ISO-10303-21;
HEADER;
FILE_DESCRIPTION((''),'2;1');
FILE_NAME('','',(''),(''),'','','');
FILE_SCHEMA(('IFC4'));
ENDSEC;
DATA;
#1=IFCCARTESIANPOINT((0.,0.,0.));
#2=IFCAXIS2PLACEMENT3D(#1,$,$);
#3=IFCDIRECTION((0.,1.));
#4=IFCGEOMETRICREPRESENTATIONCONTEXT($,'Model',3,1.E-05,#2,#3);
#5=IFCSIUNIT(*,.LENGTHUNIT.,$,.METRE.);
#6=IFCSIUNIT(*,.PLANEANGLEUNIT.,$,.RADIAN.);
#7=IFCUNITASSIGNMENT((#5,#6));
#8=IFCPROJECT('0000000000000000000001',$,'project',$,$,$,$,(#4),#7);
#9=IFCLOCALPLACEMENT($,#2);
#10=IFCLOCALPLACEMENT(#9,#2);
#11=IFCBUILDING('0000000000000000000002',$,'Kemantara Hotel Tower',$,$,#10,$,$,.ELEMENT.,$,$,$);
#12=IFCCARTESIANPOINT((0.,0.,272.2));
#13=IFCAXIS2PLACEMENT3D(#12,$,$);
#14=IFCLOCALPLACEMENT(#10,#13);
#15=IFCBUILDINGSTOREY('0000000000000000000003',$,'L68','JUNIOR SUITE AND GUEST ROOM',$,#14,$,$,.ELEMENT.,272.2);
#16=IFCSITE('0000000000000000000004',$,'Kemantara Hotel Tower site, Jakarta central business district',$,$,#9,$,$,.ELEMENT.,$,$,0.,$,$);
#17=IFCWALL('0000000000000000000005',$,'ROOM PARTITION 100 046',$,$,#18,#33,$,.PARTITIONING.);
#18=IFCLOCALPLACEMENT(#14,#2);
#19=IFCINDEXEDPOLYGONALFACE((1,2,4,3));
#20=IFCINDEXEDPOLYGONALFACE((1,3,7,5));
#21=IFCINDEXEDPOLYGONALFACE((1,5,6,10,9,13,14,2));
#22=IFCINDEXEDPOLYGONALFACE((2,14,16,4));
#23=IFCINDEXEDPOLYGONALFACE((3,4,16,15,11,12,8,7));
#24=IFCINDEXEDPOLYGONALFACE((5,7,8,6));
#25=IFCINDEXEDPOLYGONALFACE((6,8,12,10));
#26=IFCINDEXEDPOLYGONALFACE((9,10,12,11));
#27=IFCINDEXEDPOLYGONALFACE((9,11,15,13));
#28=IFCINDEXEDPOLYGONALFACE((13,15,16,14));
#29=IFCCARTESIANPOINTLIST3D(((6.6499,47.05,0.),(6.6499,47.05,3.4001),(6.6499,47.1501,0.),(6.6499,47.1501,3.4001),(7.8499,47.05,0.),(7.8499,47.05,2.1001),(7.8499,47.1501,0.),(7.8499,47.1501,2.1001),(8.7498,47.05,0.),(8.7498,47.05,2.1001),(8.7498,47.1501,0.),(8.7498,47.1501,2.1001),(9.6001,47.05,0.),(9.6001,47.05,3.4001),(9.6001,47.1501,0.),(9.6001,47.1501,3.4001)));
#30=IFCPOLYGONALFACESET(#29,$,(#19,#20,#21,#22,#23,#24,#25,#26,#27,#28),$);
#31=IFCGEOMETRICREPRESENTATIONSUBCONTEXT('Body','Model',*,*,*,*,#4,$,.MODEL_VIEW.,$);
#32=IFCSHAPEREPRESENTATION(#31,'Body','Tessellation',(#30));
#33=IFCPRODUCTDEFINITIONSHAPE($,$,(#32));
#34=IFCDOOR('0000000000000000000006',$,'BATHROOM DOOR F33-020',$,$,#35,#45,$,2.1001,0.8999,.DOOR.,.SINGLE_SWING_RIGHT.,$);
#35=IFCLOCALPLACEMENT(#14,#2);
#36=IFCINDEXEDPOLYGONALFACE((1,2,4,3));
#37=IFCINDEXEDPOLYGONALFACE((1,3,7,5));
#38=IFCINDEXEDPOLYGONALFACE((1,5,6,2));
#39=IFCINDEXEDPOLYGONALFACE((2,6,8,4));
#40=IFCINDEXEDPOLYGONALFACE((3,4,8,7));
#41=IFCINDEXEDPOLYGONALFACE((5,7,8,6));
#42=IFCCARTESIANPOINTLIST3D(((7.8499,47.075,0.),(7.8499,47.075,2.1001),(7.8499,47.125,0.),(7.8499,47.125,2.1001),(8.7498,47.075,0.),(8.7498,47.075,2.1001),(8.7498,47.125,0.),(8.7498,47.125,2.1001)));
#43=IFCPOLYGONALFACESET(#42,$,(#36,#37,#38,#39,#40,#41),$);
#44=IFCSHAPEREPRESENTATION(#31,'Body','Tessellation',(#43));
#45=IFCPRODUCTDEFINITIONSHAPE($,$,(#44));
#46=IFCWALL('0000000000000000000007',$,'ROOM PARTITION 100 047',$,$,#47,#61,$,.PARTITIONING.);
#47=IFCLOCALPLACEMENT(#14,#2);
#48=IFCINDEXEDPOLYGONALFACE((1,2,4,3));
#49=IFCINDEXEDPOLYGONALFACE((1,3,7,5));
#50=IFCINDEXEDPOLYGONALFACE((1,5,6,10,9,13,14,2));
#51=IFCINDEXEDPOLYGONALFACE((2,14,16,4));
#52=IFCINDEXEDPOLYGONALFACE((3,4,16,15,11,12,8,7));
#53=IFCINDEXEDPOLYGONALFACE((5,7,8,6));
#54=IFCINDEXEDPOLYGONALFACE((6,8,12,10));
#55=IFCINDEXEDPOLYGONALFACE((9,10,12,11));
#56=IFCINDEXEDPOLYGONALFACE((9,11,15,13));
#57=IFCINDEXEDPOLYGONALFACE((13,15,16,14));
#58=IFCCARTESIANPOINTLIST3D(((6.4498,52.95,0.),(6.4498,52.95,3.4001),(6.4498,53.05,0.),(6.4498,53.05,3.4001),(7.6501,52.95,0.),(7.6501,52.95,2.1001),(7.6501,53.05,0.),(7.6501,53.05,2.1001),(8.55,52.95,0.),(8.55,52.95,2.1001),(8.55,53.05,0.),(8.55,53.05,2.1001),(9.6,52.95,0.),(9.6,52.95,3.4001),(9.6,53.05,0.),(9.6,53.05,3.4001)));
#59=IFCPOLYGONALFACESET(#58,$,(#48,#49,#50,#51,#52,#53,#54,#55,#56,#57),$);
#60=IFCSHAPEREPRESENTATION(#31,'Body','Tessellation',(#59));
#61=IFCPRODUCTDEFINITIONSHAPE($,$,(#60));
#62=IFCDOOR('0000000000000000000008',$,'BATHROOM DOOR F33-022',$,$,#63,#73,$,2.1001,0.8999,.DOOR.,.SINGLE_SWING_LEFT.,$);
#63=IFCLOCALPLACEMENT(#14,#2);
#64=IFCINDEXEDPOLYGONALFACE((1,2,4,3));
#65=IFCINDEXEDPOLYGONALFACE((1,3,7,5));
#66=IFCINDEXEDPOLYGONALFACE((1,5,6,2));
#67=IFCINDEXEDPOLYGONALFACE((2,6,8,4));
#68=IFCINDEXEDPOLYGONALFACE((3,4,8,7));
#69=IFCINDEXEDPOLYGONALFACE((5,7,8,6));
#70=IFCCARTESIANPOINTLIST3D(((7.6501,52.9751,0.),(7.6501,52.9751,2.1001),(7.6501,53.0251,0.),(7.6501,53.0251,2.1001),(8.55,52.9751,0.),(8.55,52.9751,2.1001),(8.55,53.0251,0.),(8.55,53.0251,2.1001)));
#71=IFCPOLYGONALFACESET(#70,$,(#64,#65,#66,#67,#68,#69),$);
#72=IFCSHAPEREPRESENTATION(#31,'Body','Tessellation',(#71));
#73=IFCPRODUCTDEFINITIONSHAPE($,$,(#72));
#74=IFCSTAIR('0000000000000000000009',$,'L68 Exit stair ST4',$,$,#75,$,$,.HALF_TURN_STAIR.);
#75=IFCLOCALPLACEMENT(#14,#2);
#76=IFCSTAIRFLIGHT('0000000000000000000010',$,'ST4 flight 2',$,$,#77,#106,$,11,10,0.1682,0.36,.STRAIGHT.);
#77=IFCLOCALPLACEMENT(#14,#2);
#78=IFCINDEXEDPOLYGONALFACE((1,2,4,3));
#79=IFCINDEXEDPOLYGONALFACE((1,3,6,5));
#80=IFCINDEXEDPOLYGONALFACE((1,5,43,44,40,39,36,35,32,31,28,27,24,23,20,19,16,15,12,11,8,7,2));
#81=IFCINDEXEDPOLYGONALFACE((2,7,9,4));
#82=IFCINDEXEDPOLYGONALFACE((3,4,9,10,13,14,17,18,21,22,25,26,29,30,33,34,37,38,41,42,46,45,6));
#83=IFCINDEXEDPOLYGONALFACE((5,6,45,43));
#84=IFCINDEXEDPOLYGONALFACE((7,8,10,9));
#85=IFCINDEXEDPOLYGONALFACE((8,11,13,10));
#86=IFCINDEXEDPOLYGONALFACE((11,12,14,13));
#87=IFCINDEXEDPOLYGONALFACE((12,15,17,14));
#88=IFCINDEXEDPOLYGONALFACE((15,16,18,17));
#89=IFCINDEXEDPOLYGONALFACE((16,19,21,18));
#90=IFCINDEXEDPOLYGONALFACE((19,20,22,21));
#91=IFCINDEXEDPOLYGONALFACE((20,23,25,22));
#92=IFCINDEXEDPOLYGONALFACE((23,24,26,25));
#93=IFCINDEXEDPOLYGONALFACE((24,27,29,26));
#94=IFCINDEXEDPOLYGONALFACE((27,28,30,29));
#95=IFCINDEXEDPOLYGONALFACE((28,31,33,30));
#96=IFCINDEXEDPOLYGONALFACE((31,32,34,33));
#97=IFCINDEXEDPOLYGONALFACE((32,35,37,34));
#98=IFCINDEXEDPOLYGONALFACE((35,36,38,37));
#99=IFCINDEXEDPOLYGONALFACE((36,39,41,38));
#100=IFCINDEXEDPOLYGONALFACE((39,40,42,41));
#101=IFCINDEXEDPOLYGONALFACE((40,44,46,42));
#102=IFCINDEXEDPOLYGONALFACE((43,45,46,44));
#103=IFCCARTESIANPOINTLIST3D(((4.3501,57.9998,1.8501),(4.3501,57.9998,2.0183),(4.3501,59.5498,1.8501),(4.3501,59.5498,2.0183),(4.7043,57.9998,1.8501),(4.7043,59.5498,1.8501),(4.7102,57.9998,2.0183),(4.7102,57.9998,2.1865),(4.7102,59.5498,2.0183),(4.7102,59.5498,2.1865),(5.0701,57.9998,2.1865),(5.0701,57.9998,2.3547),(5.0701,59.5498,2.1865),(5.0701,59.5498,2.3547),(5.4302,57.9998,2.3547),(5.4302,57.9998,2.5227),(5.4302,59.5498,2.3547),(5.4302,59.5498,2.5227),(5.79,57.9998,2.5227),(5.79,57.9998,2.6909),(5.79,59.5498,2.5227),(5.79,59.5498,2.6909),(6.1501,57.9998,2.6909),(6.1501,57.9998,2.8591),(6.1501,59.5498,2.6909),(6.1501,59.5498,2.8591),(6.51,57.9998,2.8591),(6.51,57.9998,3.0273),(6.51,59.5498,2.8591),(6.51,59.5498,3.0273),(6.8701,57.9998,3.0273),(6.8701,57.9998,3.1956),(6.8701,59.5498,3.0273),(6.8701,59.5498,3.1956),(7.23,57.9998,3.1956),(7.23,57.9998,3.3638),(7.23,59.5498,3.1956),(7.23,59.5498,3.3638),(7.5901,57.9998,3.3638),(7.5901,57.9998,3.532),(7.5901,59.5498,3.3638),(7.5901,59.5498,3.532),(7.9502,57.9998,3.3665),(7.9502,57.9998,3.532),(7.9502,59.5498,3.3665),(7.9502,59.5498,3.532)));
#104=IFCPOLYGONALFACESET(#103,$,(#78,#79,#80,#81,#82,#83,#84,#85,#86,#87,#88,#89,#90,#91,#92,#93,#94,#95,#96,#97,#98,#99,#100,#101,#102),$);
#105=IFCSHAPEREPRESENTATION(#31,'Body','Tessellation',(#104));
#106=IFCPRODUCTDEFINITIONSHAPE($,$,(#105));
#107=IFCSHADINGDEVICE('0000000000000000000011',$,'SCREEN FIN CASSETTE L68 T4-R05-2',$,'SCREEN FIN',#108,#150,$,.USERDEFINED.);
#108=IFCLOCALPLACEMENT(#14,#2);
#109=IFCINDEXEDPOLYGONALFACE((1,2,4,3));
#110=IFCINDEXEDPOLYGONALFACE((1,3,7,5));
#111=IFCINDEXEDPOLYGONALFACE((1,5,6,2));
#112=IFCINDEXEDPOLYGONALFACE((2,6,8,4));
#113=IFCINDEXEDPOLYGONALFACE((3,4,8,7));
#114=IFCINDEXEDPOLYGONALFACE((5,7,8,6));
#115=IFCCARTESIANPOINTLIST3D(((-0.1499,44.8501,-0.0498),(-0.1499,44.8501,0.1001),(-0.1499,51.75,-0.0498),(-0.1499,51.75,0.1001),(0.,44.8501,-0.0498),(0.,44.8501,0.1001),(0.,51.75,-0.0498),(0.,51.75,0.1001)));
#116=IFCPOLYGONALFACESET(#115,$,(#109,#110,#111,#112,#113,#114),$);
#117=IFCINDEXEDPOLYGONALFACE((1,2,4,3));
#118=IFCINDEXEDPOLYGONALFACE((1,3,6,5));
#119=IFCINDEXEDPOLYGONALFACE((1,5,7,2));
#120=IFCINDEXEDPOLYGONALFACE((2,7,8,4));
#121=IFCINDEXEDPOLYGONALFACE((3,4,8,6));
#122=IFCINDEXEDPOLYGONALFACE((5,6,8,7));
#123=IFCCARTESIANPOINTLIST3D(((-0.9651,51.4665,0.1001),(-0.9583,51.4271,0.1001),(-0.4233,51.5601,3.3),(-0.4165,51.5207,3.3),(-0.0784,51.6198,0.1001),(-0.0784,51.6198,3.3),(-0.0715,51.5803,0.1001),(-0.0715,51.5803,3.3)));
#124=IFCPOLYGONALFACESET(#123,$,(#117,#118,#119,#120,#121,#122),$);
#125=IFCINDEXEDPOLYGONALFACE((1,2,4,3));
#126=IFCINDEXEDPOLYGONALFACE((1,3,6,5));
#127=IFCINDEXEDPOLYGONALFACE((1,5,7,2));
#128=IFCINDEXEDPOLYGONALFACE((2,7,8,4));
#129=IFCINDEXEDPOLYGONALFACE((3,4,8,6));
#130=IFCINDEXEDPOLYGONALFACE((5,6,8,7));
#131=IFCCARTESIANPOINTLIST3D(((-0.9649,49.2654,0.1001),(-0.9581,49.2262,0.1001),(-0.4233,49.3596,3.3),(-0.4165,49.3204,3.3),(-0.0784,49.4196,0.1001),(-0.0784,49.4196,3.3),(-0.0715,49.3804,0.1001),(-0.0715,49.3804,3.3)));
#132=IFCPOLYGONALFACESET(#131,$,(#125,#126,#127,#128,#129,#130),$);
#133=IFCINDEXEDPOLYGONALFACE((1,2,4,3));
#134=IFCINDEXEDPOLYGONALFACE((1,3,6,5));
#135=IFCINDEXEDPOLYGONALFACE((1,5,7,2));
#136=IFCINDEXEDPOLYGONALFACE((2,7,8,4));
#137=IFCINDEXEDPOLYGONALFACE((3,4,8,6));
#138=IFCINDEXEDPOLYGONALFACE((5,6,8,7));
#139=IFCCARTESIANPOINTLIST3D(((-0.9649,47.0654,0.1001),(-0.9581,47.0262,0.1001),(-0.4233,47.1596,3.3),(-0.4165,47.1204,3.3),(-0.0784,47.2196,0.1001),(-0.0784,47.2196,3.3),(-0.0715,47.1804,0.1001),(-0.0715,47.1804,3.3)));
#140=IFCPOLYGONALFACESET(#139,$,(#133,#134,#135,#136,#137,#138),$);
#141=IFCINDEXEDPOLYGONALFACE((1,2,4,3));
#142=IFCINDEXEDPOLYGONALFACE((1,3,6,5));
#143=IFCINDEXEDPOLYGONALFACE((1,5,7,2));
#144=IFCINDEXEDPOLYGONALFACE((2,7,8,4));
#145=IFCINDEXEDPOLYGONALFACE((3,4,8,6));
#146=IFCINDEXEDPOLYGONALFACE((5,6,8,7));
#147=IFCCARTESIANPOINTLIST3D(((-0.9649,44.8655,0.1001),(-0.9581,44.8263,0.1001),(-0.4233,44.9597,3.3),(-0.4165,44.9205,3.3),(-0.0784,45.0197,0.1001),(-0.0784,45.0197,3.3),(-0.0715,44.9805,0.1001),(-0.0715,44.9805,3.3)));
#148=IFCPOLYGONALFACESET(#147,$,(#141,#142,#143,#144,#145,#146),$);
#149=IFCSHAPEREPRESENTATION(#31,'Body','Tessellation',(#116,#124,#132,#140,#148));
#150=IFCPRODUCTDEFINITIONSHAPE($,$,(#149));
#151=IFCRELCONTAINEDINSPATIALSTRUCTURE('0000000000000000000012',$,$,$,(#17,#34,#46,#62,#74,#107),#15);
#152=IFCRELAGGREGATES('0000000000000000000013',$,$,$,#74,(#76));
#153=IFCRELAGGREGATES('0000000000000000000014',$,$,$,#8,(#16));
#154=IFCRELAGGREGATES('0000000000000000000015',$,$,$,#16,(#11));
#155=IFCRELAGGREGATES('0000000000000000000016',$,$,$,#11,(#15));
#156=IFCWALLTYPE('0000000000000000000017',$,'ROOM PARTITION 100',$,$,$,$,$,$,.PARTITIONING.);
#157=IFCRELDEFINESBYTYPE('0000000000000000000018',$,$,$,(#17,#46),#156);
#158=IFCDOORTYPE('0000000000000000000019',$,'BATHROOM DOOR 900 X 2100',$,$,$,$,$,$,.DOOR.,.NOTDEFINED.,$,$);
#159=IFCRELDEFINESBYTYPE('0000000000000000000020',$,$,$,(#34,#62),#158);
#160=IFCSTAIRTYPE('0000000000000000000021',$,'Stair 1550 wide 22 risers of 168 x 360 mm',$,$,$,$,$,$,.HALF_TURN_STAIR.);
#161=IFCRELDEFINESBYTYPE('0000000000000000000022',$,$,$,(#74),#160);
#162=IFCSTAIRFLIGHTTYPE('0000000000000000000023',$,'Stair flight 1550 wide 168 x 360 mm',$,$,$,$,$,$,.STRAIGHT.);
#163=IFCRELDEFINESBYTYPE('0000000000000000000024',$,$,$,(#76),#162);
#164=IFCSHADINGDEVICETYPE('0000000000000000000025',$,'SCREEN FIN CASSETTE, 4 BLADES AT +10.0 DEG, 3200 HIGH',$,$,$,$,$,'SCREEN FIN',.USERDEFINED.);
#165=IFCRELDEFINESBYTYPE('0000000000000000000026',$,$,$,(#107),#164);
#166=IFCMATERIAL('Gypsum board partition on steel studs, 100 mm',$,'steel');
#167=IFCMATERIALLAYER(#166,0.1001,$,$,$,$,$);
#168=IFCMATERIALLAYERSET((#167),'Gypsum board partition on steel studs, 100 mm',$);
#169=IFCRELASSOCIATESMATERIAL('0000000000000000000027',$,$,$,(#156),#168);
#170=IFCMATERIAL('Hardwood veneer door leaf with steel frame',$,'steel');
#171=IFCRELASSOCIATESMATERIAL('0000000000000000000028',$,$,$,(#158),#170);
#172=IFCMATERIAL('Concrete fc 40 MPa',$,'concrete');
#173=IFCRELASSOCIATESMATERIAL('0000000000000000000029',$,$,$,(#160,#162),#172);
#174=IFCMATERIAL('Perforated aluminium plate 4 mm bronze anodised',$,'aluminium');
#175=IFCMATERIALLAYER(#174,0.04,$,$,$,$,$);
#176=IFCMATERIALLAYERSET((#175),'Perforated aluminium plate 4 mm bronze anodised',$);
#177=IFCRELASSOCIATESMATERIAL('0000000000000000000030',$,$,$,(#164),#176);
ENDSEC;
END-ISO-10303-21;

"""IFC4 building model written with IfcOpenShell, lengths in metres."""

from ifc_helpers import new_model, si_unit, direction, frame, frame_2d, origin, origin_2d, place, context, subcontext, project, spatial, polyline, rectangle, outline, extrude, source, transform, mapped, material, layer, layer_set, type_object, element, fill, aggregate, save


model = new_model("IFC4")

# Units and contexts
model_context = context("Model", 3, precision=1e-05, world=origin(), true_north=direction((0.0, 1.0)))
body_context = subcontext(model_context, "Body", "Model", "MODEL_VIEW")
ifc_project = project(units=[si_unit("LENGTHUNIT", "METRE"), si_unit("PLANEANGLEUNIT", "RADIAN")], contexts=[model_context])

# Site, building, storey
site_placement = place(None, origin())
site = spatial("IfcSite", under=ifc_project, at=site_placement, Name="Kemantara Hotel Tower site, Jakarta central business district", CompositionType="ELEMENT", RefElevation=0.0)
building_placement = place(site_placement, origin())
building = spatial("IfcBuilding", under=site, at=building_placement, Name="Kemantara Hotel Tower", CompositionType="ELEMENT")
storey_placement = place(building_placement, frame((0.0, 0.0, 272.2)))
storey = spatial("IfcBuildingStorey", under=building, at=storey_placement, Name="L68", Description="JUNIOR SUITE AND GUEST ROOM", CompositionType="ELEMENT", Elevation=272.2)

# Shared definitions
ifc_material_1 = material(Name="Hardwood veneer door leaf with steel frame", Category="steel")
ifc_material_2 = material(Name="Concrete fc 40 MPa", Category="concrete")

# Shared definitions
ifc_material_3 = material(Name="Gypsum board partition on steel studs, 100 mm", Category="steel")
ifc_layer_1 = layer(ifc_material_3, 0.1001)
ifc_layer_set_1 = layer_set([ifc_layer_1], Name="Gypsum board partition on steel studs, 100 mm")
wall_type_1 = type_object("IfcWallType", Name="ROOM PARTITION 100", PredefinedType="PARTITIONING", material=ifc_layer_set_1)

# Walls, openings, doors
wall_1_placement = place(storey_placement, frame((6.6499, 47.1001, 0.0), z_axis=(0.0, 0.0, 1.0), x_axis=(1.0, 0.0, 0.0)))
wall_1 = element("IfcWall", 1, at=wall_1_placement, inside=storey, type_object=wall_type_1, Name="ROOM PARTITION 100 046", PredefinedType="PARTITIONING", context=body_context, shape_type="SweptSolid", body=[
    extrude(rectangle(XDim=2.9502, YDim=0.1001, at=frame_2d((1.4751, 0.0))), origin(), (0.0, 0.0, 1.0), 3.4001),
])
opening_1_placement = place(wall_1_placement, frame((1.2, 0.0, 0.0)))
opening_1 = element("IfcOpeningElement", 2, at=opening_1_placement, cuts=wall_1, PredefinedType="OPENING", context=body_context, shape_type="SweptSolid", body=[
    extrude(rectangle(XDim=0.8999, YDim=2.1001, at=frame_2d((0.45, 1.05))), frame((0.0, 0.0601, 0.0), z_axis=(0.0, -1.0, 0.0), x_axis=(1.0, 0.0, 0.0)), (0.0, 0.0, 1.0), 0.1201),
])
door_type_1 = type_object("IfcDoorType", Name="BATHROOM DOOR 900 X 2100", OperationType="NOTDEFINED", PredefinedType="DOOR", material=ifc_material_1)
door_1_placement = place(opening_1_placement, origin())
door_1 = element("IfcDoor", 3, at=door_1_placement, inside=storey, type_object=door_type_1, Name="BATHROOM DOOR F33-020", OperationType="SINGLE_SWING_RIGHT", OverallHeight=2.1001, OverallWidth=0.8999, PredefinedType="DOOR", context=body_context, shape_type="SweptSolid", body=[
    extrude(rectangle(XDim=0.8999, YDim=2.1001, at=frame_2d((0.45, 1.05))), frame((0.0, 0.0249, 0.0), z_axis=(0.0, -1.0, 0.0), x_axis=(1.0, 0.0, 0.0)), (0.0, 0.0, 1.0), 0.05),
])
fill(opening_1, door_1)
wall_2_placement = place(storey_placement, frame((9.6001, 53.0, 0.0), z_axis=(0.0, 0.0, 1.0), x_axis=(-1.0, 0.0, 0.0)))
wall_2 = element("IfcWall", 4, at=wall_2_placement, inside=storey, type_object=wall_type_1, Name="ROOM PARTITION 100 047", PredefinedType="PARTITIONING", context=body_context, shape_type="SweptSolid", body=[
    extrude(rectangle(XDim=3.1501, YDim=0.1001, at=frame_2d((1.5752, 0.0))), origin(), (0.0, 0.0, 1.0), 3.4001),
])
opening_2_placement = place(wall_2_placement, frame((1.05, 0.0, 0.0)))
opening_2 = element("IfcOpeningElement", 5, at=opening_2_placement, cuts=wall_2, PredefinedType="OPENING", context=body_context, shape_type="SweptSolid", body=[
    extrude(rectangle(XDim=0.8999, YDim=2.1001, at=frame_2d((0.45, 1.05))), frame((0.0, 0.0601, 0.0), z_axis=(0.0, -1.0, 0.0), x_axis=(1.0, 0.0, 0.0)), (0.0, 0.0, 1.0), 0.1201),
])
door_2_placement = place(opening_2_placement, origin())
door_2 = element("IfcDoor", 6, at=door_2_placement, inside=storey, type_object=door_type_1, Name="BATHROOM DOOR F33-022", OperationType="SINGLE_SWING_LEFT", OverallHeight=2.1001, OverallWidth=0.8999, PredefinedType="DOOR", context=body_context, shape_type="SweptSolid", body=[
    extrude(rectangle(XDim=0.8999, YDim=2.1001, at=frame_2d((0.45, 1.05))), frame((0.0, 0.0249, 0.0), z_axis=(0.0, -1.0, 0.0), x_axis=(1.0, 0.0, 0.0)), (0.0, 0.0, 1.0), 0.05),
])
fill(opening_2, door_2)

# Stair, stair flight
stair_type = type_object("IfcStairType", Name="Stair 1550 wide 22 risers of 168 x 360 mm", PredefinedType="HALF_TURN_STAIR", material=ifc_material_2)
stair_placement = place(storey_placement, origin())
stair = element("IfcStair", 7, at=stair_placement, inside=storey, type_object=stair_type, Name="L68 Exit stair ST4", PredefinedType="HALF_TURN_STAIR")
stair_flight_type = type_object("IfcStairFlightType", Name="Stair flight 1550 wide 168 x 360 mm", PredefinedType="STRAIGHT", material=ifc_material_2)
stair_flight_placement = place(storey_placement, frame((4.3501, 58.7749, 1.8501), z_axis=(0.0, 0.0, 1.0), x_axis=(1.0, 0.0, 0.0)))
stair_flight = element("IfcStairFlight", 8, at=stair_flight_placement, type_object=stair_flight_type, Name="ST4 flight 2", NumberOfRisers=11, NumberOfTreads=10, PredefinedType="STRAIGHT", RiserHeight=0.1682, TreadLength=0.36, context=body_context, shape_type="SweptSolid", body=[
    extrude(outline(polyline([(0.0, 0.0), (0.0, 0.1682), (0.3601, 0.1682), (0.3601, 0.3364), (0.72, 0.3364), (0.72, 0.5046), (1.0801, 0.5046), (1.0801, 0.6726), (1.4399, 0.6726), (1.4399, 0.8408), (1.8, 0.8408), (1.8, 1.009), (2.1599, 1.009), (2.1599, 1.1772), (2.52, 1.1772), (2.52, 1.3455), (2.8799, 1.3455), (2.8799, 1.5137), (3.24, 1.5137), (3.24, 1.6819), (3.6001, 1.6819), (3.6001, 1.8501), (3.6001, 1.5164), (0.3542, 0.0), (0.0, 0.0)])), frame((0.0, 0.7749, 0.0), z_axis=(0.0, -1.0, 0.0), x_axis=(1.0, 0.0, 0.0)), (0.0, 0.0, 1.0), 1.55),
])
aggregate(stair, [stair_flight])

# Shading device
ifc_material_4 = material(Name="Perforated aluminium plate 4 mm bronze anodised", Category="aluminium")
ifc_layer_2 = layer(ifc_material_4, 0.04)
ifc_layer_set_2 = layer_set([ifc_layer_2], Name="Perforated aluminium plate 4 mm bronze anodised")
shading_device_type_1 = type_object("IfcShadingDeviceType", Name="SCREEN FIN CASSETTE, 4 BLADES AT +10.0 DEG, 3200 HIGH", ElementType="SCREEN FIN", PredefinedType="USERDEFINED", material=ifc_layer_set_2)
shared_shape_1 = source(origin(), body_context, "Body", "SweptSolid", [
    extrude(rectangle(XDim=6.8999, YDim=0.1499, at=origin_2d()), frame((3.3, -0.075, -0.1499), z_axis=(0.0, 0.0, 1.0), x_axis=(1.0, 0.0, 0.0)), (0.0, 0.0, 1.0), 0.1499),
    extrude(outline(polyline([(0.0, 0.0), (0.8999, 0.0), (0.3501, 3.2), (0.0, 3.2), (0.0, 0.0)])), frame((0.0198, -0.0715, 0.0), z_axis=(-0.98539, -0.170314, 0.0), x_axis=(0.170314, -0.98539, 0.0)), (0.0, 0.0, 1.0), 0.04),
    extrude(outline(polyline([(0.0, 0.0), (0.8999, 0.0), (0.3501, 3.2), (0.0, 3.2), (0.0, 0.0)])), frame((2.2197, -0.0715, 0.0), z_axis=(-0.985212, -0.171341, 0.0), x_axis=(0.171341, -0.985212, 0.0)), (0.0, 0.0, 1.0), 0.0398),
    extrude(outline(polyline([(0.0, 0.0), (0.8999, 0.0), (0.3501, 3.2), (0.0, 3.2), (0.0, 0.0)])), frame((4.4197, -0.0715, 0.0), z_axis=(-0.985212, -0.171341, 0.0), x_axis=(0.171341, -0.985212, 0.0)), (0.0, 0.0, 1.0), 0.0398),
    extrude(outline(polyline([(0.0, 0.0), (0.8999, 0.0), (0.3501, 3.2), (0.0, 3.2), (0.0, 0.0)])), frame((6.6196, -0.0715, 0.0), z_axis=(-0.985212, -0.171341, 0.0), x_axis=(0.171341, -0.985212, 0.0)), (0.0, 0.0, 1.0), 0.0398),
])
shading_device_1_placement = place(storey_placement, frame((0.0, 51.6001, 0.1001), z_axis=(0.0, 0.0, 1.0), x_axis=(0.0, -1.0, 0.0)))
element("IfcShadingDevice", 9, at=shading_device_1_placement, inside=storey, type_object=shading_device_type_1, Name="SCREEN FIN CASSETTE L68 T4-R05-2", ObjectType="SCREEN FIN", PredefinedType="USERDEFINED", context=body_context, shape_type="MappedRepresentation", body=[
    mapped(shared_shape_1, transform((0.0, 0.0, 0.0))),
])

save(model, "model.ifc")
